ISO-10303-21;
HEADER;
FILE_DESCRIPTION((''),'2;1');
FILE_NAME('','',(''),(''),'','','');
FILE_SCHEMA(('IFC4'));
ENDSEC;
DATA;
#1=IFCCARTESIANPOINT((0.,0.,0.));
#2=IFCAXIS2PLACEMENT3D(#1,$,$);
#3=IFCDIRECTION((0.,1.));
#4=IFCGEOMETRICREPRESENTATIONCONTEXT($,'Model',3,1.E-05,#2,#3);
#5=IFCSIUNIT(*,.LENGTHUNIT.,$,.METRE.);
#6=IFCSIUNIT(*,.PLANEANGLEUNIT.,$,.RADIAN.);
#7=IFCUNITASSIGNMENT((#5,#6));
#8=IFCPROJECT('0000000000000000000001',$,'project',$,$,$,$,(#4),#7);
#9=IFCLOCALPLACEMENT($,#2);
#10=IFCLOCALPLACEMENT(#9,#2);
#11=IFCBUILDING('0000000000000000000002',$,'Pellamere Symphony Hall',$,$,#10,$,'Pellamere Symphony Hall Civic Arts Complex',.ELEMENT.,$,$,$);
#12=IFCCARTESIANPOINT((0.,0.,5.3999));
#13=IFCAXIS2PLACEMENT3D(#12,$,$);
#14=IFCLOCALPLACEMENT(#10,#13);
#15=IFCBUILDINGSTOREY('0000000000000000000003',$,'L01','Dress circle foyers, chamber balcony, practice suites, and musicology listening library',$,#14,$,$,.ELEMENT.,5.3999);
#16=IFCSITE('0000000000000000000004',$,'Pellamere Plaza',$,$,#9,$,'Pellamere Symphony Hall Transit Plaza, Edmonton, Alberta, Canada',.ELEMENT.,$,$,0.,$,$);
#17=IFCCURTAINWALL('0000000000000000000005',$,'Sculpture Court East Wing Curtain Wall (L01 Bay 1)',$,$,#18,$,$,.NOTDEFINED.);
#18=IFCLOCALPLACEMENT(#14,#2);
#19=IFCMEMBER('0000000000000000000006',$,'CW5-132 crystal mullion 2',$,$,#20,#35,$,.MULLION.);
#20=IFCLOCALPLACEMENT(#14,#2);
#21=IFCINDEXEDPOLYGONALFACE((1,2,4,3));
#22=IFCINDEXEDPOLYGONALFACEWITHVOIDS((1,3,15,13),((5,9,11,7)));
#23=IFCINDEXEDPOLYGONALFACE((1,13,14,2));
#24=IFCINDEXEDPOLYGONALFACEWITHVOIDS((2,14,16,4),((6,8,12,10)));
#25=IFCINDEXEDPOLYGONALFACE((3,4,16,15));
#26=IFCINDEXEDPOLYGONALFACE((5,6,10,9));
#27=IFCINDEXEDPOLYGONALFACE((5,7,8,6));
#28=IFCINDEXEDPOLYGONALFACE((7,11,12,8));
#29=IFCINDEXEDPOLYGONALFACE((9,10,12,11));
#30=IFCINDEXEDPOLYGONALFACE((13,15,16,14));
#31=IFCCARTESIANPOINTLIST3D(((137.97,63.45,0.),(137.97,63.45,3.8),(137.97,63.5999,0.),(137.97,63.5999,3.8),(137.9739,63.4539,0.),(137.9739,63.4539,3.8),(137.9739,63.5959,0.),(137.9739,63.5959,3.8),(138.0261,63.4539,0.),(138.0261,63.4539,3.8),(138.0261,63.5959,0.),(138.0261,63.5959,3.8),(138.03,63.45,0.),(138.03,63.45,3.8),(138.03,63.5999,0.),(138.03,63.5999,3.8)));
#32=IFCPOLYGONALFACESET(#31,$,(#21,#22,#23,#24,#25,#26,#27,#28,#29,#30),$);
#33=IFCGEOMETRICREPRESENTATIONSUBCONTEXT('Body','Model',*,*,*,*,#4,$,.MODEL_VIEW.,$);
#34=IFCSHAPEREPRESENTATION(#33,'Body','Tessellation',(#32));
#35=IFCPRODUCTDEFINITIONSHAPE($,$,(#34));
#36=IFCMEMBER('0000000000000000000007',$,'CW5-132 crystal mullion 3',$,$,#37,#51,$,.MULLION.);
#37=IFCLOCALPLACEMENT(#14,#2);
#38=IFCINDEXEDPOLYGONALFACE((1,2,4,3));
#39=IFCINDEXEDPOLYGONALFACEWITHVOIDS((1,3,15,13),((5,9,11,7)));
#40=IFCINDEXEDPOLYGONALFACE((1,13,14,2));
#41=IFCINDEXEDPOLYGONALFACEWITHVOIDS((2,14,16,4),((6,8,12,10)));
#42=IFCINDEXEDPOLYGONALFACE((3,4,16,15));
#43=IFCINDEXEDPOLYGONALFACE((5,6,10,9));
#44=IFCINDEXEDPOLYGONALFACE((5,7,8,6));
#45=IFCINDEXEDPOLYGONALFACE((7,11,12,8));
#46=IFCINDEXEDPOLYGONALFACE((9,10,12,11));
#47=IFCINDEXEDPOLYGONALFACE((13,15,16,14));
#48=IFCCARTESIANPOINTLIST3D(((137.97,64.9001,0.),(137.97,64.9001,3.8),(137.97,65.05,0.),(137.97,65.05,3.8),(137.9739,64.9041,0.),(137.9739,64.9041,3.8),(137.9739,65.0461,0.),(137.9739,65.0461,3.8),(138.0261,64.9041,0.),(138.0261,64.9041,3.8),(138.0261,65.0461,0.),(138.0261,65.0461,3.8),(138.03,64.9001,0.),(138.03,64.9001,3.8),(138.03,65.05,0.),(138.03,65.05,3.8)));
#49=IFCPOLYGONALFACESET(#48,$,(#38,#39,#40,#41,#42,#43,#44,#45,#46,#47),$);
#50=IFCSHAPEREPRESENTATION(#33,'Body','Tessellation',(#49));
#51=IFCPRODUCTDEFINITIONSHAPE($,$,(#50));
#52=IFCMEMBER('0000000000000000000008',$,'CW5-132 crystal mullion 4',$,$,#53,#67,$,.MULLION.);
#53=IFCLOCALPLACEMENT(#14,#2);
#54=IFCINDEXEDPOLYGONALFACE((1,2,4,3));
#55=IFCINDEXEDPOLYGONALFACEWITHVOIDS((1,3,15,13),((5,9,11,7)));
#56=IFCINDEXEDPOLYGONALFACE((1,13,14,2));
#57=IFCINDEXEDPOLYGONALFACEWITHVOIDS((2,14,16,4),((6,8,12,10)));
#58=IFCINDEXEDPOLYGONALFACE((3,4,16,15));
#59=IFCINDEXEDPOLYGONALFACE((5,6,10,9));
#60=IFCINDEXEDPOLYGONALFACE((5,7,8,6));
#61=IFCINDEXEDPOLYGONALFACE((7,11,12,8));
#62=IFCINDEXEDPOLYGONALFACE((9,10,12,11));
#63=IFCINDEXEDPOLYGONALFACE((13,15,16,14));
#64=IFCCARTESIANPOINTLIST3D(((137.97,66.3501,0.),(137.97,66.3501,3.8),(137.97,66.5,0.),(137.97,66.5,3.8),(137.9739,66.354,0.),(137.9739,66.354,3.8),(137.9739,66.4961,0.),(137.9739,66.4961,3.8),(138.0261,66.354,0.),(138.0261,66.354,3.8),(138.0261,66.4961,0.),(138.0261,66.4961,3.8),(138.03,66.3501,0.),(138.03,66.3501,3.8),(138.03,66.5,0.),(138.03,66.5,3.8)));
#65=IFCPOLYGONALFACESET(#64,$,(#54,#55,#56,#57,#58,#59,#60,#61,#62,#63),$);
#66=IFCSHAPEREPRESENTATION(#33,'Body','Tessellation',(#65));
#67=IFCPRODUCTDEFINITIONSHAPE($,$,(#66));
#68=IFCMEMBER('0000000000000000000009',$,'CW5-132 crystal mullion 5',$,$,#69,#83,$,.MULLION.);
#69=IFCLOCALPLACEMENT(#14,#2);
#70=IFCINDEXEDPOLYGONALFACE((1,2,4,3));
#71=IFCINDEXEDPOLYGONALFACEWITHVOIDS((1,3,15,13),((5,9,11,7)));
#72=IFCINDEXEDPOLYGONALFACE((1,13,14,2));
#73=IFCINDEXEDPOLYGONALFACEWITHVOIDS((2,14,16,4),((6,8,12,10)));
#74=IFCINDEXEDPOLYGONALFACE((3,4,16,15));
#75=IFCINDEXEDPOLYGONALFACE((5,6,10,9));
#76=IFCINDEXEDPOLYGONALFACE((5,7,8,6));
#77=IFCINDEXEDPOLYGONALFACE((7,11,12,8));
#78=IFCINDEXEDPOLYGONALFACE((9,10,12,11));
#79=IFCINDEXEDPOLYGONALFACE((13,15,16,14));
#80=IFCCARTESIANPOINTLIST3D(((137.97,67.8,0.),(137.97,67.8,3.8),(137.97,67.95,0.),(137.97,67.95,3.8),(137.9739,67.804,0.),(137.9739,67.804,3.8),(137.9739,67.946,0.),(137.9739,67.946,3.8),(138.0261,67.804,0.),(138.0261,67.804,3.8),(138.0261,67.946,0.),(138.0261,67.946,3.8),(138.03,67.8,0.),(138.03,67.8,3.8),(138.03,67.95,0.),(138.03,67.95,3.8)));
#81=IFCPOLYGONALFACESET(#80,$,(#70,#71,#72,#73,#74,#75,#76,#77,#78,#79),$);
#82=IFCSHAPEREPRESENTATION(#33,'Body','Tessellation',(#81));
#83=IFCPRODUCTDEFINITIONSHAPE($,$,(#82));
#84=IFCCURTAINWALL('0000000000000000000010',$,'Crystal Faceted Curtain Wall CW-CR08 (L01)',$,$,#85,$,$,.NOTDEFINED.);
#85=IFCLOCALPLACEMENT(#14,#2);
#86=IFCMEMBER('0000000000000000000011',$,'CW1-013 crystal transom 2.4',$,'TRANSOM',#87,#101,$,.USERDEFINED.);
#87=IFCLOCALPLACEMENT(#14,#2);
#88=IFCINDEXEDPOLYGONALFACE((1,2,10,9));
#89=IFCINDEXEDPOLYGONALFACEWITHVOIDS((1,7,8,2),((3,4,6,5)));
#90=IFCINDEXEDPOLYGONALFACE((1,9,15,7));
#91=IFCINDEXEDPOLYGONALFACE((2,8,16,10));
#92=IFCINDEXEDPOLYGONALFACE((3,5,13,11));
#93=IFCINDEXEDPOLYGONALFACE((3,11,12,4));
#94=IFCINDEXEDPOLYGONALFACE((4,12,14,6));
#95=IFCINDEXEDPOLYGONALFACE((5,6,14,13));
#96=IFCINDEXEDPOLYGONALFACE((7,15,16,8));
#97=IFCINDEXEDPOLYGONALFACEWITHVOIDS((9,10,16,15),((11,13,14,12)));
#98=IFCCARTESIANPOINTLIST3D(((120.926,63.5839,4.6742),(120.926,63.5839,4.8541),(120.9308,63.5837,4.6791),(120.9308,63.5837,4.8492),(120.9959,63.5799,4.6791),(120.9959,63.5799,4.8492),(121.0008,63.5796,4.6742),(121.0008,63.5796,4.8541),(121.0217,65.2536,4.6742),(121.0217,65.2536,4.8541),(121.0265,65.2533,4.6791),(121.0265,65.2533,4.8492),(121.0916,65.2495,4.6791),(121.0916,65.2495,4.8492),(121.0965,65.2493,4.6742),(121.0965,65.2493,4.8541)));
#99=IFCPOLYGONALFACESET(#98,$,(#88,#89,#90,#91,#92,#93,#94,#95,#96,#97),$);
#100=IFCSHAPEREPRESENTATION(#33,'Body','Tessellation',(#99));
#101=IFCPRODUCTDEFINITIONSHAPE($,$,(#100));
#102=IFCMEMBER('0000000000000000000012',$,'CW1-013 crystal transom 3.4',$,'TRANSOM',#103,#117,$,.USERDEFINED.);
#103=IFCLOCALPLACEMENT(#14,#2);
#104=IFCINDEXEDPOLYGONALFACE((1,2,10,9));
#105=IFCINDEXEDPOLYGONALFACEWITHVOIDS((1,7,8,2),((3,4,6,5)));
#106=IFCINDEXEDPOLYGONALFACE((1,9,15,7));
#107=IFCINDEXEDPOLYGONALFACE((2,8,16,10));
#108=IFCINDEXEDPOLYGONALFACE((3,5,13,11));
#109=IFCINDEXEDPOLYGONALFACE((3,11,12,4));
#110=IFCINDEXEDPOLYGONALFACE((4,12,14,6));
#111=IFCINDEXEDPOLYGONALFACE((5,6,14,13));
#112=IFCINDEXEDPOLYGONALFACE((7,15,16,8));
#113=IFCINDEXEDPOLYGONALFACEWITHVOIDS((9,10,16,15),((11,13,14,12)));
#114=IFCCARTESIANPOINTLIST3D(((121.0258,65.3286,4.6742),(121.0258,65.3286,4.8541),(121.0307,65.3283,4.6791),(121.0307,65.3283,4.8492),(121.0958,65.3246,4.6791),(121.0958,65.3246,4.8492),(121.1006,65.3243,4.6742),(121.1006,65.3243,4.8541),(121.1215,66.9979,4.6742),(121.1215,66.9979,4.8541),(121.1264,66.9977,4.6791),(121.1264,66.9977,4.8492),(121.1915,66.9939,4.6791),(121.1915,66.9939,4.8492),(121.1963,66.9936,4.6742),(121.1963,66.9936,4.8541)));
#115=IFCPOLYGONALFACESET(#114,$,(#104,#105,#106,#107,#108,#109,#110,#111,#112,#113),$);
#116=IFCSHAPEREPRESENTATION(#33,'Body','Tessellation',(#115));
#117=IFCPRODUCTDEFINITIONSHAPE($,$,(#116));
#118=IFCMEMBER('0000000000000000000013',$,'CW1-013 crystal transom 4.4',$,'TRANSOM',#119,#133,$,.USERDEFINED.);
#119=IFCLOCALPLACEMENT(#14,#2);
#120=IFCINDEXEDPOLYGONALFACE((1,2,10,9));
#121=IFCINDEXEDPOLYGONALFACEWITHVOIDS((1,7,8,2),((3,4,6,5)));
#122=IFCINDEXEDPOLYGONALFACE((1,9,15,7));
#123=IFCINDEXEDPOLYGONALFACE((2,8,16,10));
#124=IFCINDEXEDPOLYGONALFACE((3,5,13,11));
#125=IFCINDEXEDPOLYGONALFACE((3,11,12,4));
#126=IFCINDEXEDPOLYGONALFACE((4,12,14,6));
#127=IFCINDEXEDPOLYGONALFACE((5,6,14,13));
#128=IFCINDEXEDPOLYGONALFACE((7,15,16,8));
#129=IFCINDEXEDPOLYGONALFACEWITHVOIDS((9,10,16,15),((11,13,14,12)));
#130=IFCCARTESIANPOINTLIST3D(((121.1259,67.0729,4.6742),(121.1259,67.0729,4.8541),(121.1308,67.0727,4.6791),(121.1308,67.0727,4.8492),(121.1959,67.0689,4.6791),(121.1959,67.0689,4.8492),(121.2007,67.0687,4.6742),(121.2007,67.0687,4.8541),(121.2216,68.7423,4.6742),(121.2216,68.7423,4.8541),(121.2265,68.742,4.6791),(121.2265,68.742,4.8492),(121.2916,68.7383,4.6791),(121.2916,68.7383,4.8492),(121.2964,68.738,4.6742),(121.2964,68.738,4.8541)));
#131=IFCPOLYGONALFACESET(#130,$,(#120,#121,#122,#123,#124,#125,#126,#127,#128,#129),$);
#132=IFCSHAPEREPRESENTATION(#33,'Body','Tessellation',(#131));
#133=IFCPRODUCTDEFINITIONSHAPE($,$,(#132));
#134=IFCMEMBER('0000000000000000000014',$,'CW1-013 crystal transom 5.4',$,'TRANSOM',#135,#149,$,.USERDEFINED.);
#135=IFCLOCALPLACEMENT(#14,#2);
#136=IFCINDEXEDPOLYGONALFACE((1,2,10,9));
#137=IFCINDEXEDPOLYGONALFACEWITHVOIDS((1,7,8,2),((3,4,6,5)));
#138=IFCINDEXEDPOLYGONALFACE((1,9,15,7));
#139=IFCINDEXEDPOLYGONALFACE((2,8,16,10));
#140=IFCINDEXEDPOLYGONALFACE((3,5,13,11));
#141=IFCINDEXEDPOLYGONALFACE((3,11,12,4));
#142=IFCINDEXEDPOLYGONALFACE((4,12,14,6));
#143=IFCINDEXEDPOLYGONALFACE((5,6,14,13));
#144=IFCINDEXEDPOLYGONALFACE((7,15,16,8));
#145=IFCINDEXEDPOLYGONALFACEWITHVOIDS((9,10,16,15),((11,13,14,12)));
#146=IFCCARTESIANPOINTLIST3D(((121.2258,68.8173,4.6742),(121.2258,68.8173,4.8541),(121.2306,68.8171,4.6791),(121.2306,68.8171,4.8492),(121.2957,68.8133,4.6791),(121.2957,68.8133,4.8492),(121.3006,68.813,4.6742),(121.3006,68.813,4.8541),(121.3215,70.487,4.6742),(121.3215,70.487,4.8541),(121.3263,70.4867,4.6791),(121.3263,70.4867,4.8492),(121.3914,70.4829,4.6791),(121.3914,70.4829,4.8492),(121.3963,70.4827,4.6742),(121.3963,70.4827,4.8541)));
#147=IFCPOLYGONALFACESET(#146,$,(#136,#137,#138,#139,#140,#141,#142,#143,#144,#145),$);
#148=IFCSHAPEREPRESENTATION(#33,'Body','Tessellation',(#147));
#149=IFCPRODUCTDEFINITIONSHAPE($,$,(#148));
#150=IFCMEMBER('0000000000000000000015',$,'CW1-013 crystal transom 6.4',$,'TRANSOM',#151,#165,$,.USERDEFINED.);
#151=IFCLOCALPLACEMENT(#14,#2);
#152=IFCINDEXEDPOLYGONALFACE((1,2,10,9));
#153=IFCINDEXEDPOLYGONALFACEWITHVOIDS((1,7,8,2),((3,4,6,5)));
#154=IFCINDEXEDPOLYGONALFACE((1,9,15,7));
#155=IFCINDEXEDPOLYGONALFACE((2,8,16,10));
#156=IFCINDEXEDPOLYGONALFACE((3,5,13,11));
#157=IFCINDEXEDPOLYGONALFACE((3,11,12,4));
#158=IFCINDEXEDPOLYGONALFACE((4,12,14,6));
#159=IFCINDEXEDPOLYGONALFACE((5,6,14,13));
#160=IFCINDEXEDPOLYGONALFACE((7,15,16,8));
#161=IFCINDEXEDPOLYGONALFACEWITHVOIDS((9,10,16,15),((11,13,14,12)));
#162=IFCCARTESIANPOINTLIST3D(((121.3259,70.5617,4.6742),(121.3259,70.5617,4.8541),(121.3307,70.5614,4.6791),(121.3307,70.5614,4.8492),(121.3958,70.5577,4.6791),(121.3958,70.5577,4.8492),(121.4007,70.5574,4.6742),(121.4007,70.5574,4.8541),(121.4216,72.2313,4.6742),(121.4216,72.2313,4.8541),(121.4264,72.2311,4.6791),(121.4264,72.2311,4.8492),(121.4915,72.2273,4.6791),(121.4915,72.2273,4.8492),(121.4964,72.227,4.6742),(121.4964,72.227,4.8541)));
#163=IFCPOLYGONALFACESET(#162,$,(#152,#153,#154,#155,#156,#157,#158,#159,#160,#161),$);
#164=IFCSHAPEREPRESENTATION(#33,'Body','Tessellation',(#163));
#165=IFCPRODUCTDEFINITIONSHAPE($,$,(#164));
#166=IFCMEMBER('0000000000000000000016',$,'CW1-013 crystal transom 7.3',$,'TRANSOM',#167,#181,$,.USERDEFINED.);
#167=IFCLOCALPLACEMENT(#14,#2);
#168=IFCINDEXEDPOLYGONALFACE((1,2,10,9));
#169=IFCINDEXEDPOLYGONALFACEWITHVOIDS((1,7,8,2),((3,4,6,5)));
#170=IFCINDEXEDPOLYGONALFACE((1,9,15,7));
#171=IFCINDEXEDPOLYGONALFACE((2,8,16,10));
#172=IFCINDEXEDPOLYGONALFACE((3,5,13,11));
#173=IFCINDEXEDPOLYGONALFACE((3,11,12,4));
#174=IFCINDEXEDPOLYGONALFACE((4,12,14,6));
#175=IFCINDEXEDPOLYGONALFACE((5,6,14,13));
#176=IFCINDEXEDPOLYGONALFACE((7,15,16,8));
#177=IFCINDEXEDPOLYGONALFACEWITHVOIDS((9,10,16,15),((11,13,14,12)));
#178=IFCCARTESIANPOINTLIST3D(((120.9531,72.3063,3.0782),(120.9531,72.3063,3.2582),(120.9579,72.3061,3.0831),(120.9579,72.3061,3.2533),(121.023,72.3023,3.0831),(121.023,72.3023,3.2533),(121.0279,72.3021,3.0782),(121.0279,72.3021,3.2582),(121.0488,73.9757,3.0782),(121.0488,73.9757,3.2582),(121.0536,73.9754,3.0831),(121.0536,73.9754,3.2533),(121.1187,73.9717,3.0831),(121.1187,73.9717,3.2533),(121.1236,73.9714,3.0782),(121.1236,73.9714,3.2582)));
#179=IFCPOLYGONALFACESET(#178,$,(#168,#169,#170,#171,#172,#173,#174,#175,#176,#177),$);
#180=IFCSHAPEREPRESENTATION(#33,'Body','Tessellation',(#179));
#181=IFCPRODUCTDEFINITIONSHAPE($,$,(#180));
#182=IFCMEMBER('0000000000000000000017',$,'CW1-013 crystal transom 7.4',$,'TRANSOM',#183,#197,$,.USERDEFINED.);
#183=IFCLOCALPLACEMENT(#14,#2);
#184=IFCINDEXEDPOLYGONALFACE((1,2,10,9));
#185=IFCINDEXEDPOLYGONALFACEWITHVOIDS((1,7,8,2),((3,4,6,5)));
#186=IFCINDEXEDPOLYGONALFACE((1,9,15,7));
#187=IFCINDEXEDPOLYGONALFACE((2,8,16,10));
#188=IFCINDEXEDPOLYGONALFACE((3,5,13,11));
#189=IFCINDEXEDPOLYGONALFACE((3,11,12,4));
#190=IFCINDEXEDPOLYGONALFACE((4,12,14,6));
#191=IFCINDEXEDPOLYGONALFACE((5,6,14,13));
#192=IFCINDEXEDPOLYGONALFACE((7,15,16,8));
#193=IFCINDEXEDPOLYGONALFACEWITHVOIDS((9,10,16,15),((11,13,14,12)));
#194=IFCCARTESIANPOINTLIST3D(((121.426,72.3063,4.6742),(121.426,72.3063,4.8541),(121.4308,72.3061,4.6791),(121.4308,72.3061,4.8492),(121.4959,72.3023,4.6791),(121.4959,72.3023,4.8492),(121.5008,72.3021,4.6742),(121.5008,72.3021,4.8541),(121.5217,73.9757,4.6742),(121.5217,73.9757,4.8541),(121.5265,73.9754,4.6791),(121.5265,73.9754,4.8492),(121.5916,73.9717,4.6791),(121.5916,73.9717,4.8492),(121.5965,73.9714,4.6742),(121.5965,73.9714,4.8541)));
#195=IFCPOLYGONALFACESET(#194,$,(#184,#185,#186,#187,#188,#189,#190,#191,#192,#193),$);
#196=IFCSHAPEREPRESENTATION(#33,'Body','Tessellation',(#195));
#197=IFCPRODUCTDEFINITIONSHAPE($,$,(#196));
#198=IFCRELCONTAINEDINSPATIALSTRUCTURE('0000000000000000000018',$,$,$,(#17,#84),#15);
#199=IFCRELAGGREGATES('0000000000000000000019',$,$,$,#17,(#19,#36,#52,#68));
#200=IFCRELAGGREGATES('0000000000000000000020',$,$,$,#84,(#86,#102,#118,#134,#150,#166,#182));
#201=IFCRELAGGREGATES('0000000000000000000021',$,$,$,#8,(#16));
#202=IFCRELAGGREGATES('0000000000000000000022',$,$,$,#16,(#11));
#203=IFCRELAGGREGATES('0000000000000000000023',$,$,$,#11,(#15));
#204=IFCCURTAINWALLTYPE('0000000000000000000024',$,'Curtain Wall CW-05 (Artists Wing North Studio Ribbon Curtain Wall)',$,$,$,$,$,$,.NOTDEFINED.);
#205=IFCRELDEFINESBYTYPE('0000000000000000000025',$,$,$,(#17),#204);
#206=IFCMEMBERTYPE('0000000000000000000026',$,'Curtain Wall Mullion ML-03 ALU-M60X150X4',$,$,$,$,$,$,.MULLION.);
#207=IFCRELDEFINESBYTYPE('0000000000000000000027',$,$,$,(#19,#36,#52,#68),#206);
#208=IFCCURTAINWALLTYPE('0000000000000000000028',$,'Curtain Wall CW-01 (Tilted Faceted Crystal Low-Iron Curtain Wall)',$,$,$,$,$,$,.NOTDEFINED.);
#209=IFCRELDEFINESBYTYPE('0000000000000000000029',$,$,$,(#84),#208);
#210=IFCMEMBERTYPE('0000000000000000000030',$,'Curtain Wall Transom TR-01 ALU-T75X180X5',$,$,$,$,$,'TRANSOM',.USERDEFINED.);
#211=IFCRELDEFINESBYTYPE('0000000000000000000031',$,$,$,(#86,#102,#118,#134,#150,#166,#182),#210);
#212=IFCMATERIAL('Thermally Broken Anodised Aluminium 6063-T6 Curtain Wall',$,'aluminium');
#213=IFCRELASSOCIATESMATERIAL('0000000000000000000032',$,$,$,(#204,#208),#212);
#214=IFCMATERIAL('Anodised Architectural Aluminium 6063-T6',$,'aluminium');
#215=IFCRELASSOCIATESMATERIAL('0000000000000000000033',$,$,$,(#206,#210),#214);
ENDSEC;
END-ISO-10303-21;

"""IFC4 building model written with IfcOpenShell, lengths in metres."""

from ifc_helpers import new_model, si_unit, direction, frame, origin, origin_2d, place, context, subcontext, project, spatial, hollow_rectangle, extrude, material, material_profile, profile_set, type_object, element, aggregate, save


model = new_model("IFC4")

# Units and contexts
model_context = context("Model", 3, precision=1e-05, world=origin(), true_north=direction((0.0, 1.0)))
body_context = subcontext(model_context, "Body", "Model", "MODEL_VIEW")
ifc_project = project(units=[si_unit("LENGTHUNIT", "METRE"), si_unit("PLANEANGLEUNIT", "RADIAN")], contexts=[model_context])

# Site, building, storey
site_placement = place(None, origin())
site = spatial("IfcSite", under=ifc_project, at=site_placement, Name="Pellamere Plaza", LongName="Pellamere Symphony Hall Transit Plaza, Edmonton, Alberta, Canada", CompositionType="ELEMENT", RefElevation=0.0)
building_placement = place(site_placement, origin())
building = spatial("IfcBuilding", under=site, at=building_placement, Name="Pellamere Symphony Hall", LongName="Pellamere Symphony Hall Civic Arts Complex", CompositionType="ELEMENT")
storey_placement = place(building_placement, frame((0.0, 0.0, 5.3999)))
storey = spatial("IfcBuildingStorey", under=building, at=storey_placement, Name="L01", Description="Dress circle foyers, chamber balcony, practice suites, and musicology listening library", CompositionType="ELEMENT", Elevation=5.3999)

# Curtain walls, members
ifc_material_1 = material(Name="Thermally Broken Anodised Aluminium 6063-T6 Curtain Wall", Category="aluminium")
curtain_wall_type_1 = type_object("IfcCurtainWallType", Name="Curtain Wall CW-05 (Artists Wing North Studio Ribbon Curtain Wall)", PredefinedType="NOTDEFINED", material=ifc_material_1)
curtain_wall_1_placement = place(storey_placement, origin())
curtain_wall_1 = element("IfcCurtainWall", 1, at=curtain_wall_1_placement, inside=storey, type_object=curtain_wall_type_1, Name="Sculpture Court East Wing Curtain Wall (L01 Bay 1)", PredefinedType="NOTDEFINED")
ifc_material_2 = material(Name="Anodised Architectural Aluminium 6063-T6", Category="aluminium")
ifc_material_profile_1 = material_profile(ifc_material_2, hollow_rectangle(XDim=0.0601, YDim=0.1499, WallThickness=0.0039, at=origin_2d()), Name="ALU-M60X150X4")
ifc_profile_set_1 = profile_set([ifc_material_profile_1], Name="Anodised Architectural Aluminium 6063-T6")
member_type_1 = type_object("IfcMemberType", Name="Curtain Wall Mullion ML-03 ALU-M60X150X4", PredefinedType="MULLION", material=ifc_profile_set_1)
member_1_placement = place(storey_placement, frame((138.0, 63.5249, 0.0), z_axis=(0.0, 0.0, 1.0), x_axis=(-1.0, 0.0, 0.0)))
member_1 = element("IfcMember", 2, at=member_1_placement, type_object=member_type_1, Name="CW5-132 crystal mullion 2", PredefinedType="MULLION", context=body_context, shape_type="SweptSolid", body=[
    extrude(hollow_rectangle(XDim=0.0601, YDim=0.1499, WallThickness=0.0039, at=origin_2d()), origin(), (0.0, 0.0, 1.0), 3.8),
])
member_2_placement = place(storey_placement, frame((138.0, 64.9751, 0.0), z_axis=(0.0, 0.0, 1.0), x_axis=(-1.0, 0.0, 0.0)))
member_2 = element("IfcMember", 3, at=member_2_placement, type_object=member_type_1, Name="CW5-132 crystal mullion 3", PredefinedType="MULLION", context=body_context, shape_type="SweptSolid", body=[
    extrude(hollow_rectangle(XDim=0.0601, YDim=0.1499, WallThickness=0.0039, at=origin_2d()), origin(), (0.0, 0.0, 1.0), 3.8),
])
member_3_placement = place(storey_placement, frame((138.0, 66.425, 0.0), z_axis=(0.0, 0.0, 1.0), x_axis=(-1.0, 0.0, 0.0)))
member_3 = element("IfcMember", 4, at=member_3_placement, type_object=member_type_1, Name="CW5-132 crystal mullion 4", PredefinedType="MULLION", context=body_context, shape_type="SweptSolid", body=[
    extrude(hollow_rectangle(XDim=0.0601, YDim=0.1499, WallThickness=0.0039, at=origin_2d()), origin(), (0.0, 0.0, 1.0), 3.8),
])
member_4_placement = place(storey_placement, frame((138.0, 67.875, 0.0), z_axis=(0.0, 0.0, 1.0), x_axis=(-1.0, 0.0, 0.0)))
member_4 = element("IfcMember", 5, at=member_4_placement, type_object=member_type_1, Name="CW5-132 crystal mullion 5", PredefinedType="MULLION", context=body_context, shape_type="SweptSolid", body=[
    extrude(hollow_rectangle(XDim=0.0601, YDim=0.1499, WallThickness=0.0039, at=origin_2d()), origin(), (0.0, 0.0, 1.0), 3.8),
])
curtain_wall_type_2 = type_object("IfcCurtainWallType", Name="Curtain Wall CW-01 (Tilted Faceted Crystal Low-Iron Curtain Wall)", PredefinedType="NOTDEFINED", material=ifc_material_1)
curtain_wall_2_placement = place(storey_placement, origin())
curtain_wall_2 = element("IfcCurtainWall", 6, at=curtain_wall_2_placement, inside=storey, type_object=curtain_wall_type_2, Name="Crystal Faceted Curtain Wall CW-CR08 (L01)", PredefinedType="NOTDEFINED")
ifc_material_profile_2 = material_profile(ifc_material_2, hollow_rectangle(XDim=0.075, YDim=0.1799, WallThickness=0.0049, at=origin_2d()), Name="ALU-T75X180X5")
ifc_profile_set_2 = profile_set([ifc_material_profile_2], Name="Anodised Architectural Aluminium 6063-T6")
member_type_2 = type_object("IfcMemberType", Name="Curtain Wall Transom TR-01 ALU-T75X180X5", ElementType="TRANSOM", PredefinedType="USERDEFINED", material=ifc_profile_set_2)
member_5_placement = place(storey_placement, frame((120.9634, 63.5818, 4.7642), z_axis=(0.057224, 0.998361, 0.0), x_axis=(-0.998361, 0.057224, 0.0)))
member_5 = element("IfcMember", 7, at=member_5_placement, type_object=member_type_2, Name="CW1-013 crystal transom 2.4", ObjectType="TRANSOM", PredefinedType="USERDEFINED", context=body_context, shape_type="SweptSolid", body=[
    extrude(hollow_rectangle(XDim=0.075, YDim=0.1799, WallThickness=0.0049, at=origin_2d()), origin(), (0.0, 0.0, 1.0), 1.6724),
])
member_6_placement = place(storey_placement, frame((121.0632, 65.3264, 4.7642), z_axis=(0.057233, 0.998361, 0.0), x_axis=(-0.998361, 0.057233, 0.0)))
member_6 = element("IfcMember", 8, at=member_6_placement, type_object=member_type_2, Name="CW1-013 crystal transom 3.4", ObjectType="TRANSOM", PredefinedType="USERDEFINED", context=body_context, shape_type="SweptSolid", body=[
    extrude(hollow_rectangle(XDim=0.075, YDim=0.1799, WallThickness=0.0049, at=origin_2d()), origin(), (0.0, 0.0, 1.0), 1.6721),
])
member_7_placement = place(storey_placement, frame((121.1633, 67.0708, 4.7642), z_axis=(0.057233, 0.998361, 0.0), x_axis=(-0.998361, 0.057233, 0.0)))
member_7 = element("IfcMember", 9, at=member_7_placement, type_object=member_type_2, Name="CW1-013 crystal transom 4.4", ObjectType="TRANSOM", PredefinedType="USERDEFINED", context=body_context, shape_type="SweptSolid", body=[
    extrude(hollow_rectangle(XDim=0.075, YDim=0.1799, WallThickness=0.0049, at=origin_2d()), origin(), (0.0, 0.0, 1.0), 1.6721),
])
member_8_placement = place(storey_placement, frame((121.2632, 68.8152, 4.7642), z_axis=(0.057224, 0.998361, 0.0), x_axis=(-0.998361, 0.057224, 0.0)))
member_8 = element("IfcMember", 10, at=member_8_placement, type_object=member_type_2, Name="CW1-013 crystal transom 5.4", ObjectType="TRANSOM", PredefinedType="USERDEFINED", context=body_context, shape_type="SweptSolid", body=[
    extrude(hollow_rectangle(XDim=0.075, YDim=0.1799, WallThickness=0.0049, at=origin_2d()), origin(), (0.0, 0.0, 1.0), 1.6724),
])
member_9_placement = place(storey_placement, frame((121.3633, 70.5596, 4.7642), z_axis=(0.057224, 0.998361, 0.0), x_axis=(-0.998361, 0.057224, 0.0)))
member_9 = element("IfcMember", 11, at=member_9_placement, type_object=member_type_2, Name="CW1-013 crystal transom 6.4", ObjectType="TRANSOM", PredefinedType="USERDEFINED", context=body_context, shape_type="SweptSolid", body=[
    extrude(hollow_rectangle(XDim=0.075, YDim=0.1799, WallThickness=0.0049, at=origin_2d()), origin(), (0.0, 0.0, 1.0), 1.6724),
])
member_10_placement = place(storey_placement, frame((120.9905, 72.3042, 3.1682), z_axis=(0.057233, 0.998361, 0.0), x_axis=(-0.998361, 0.057233, 0.0)))
member_10 = element("IfcMember", 12, at=member_10_placement, type_object=member_type_2, Name="CW1-013 crystal transom 7.3", ObjectType="TRANSOM", PredefinedType="USERDEFINED", context=body_context, shape_type="SweptSolid", body=[
    extrude(hollow_rectangle(XDim=0.075, YDim=0.1799, WallThickness=0.0049, at=origin_2d()), origin(), (0.0, 0.0, 1.0), 1.6721),
])
member_11_placement = place(storey_placement, frame((121.4634, 72.3042, 4.7642), z_axis=(0.057233, 0.998361, 0.0), x_axis=(-0.998361, 0.057233, 0.0)))
member_11 = element("IfcMember", 13, at=member_11_placement, type_object=member_type_2, Name="CW1-013 crystal transom 7.4", ObjectType="TRANSOM", PredefinedType="USERDEFINED", context=body_context, shape_type="SweptSolid", body=[
    extrude(hollow_rectangle(XDim=0.075, YDim=0.1799, WallThickness=0.0049, at=origin_2d()), origin(), (0.0, 0.0, 1.0), 1.6721),
])

aggregate(curtain_wall_1, [member_1, member_2, member_3, member_4])
aggregate(curtain_wall_2, [member_5, member_6, member_7, member_8, member_9, member_10, member_11])

save(model, "model.ifc")
